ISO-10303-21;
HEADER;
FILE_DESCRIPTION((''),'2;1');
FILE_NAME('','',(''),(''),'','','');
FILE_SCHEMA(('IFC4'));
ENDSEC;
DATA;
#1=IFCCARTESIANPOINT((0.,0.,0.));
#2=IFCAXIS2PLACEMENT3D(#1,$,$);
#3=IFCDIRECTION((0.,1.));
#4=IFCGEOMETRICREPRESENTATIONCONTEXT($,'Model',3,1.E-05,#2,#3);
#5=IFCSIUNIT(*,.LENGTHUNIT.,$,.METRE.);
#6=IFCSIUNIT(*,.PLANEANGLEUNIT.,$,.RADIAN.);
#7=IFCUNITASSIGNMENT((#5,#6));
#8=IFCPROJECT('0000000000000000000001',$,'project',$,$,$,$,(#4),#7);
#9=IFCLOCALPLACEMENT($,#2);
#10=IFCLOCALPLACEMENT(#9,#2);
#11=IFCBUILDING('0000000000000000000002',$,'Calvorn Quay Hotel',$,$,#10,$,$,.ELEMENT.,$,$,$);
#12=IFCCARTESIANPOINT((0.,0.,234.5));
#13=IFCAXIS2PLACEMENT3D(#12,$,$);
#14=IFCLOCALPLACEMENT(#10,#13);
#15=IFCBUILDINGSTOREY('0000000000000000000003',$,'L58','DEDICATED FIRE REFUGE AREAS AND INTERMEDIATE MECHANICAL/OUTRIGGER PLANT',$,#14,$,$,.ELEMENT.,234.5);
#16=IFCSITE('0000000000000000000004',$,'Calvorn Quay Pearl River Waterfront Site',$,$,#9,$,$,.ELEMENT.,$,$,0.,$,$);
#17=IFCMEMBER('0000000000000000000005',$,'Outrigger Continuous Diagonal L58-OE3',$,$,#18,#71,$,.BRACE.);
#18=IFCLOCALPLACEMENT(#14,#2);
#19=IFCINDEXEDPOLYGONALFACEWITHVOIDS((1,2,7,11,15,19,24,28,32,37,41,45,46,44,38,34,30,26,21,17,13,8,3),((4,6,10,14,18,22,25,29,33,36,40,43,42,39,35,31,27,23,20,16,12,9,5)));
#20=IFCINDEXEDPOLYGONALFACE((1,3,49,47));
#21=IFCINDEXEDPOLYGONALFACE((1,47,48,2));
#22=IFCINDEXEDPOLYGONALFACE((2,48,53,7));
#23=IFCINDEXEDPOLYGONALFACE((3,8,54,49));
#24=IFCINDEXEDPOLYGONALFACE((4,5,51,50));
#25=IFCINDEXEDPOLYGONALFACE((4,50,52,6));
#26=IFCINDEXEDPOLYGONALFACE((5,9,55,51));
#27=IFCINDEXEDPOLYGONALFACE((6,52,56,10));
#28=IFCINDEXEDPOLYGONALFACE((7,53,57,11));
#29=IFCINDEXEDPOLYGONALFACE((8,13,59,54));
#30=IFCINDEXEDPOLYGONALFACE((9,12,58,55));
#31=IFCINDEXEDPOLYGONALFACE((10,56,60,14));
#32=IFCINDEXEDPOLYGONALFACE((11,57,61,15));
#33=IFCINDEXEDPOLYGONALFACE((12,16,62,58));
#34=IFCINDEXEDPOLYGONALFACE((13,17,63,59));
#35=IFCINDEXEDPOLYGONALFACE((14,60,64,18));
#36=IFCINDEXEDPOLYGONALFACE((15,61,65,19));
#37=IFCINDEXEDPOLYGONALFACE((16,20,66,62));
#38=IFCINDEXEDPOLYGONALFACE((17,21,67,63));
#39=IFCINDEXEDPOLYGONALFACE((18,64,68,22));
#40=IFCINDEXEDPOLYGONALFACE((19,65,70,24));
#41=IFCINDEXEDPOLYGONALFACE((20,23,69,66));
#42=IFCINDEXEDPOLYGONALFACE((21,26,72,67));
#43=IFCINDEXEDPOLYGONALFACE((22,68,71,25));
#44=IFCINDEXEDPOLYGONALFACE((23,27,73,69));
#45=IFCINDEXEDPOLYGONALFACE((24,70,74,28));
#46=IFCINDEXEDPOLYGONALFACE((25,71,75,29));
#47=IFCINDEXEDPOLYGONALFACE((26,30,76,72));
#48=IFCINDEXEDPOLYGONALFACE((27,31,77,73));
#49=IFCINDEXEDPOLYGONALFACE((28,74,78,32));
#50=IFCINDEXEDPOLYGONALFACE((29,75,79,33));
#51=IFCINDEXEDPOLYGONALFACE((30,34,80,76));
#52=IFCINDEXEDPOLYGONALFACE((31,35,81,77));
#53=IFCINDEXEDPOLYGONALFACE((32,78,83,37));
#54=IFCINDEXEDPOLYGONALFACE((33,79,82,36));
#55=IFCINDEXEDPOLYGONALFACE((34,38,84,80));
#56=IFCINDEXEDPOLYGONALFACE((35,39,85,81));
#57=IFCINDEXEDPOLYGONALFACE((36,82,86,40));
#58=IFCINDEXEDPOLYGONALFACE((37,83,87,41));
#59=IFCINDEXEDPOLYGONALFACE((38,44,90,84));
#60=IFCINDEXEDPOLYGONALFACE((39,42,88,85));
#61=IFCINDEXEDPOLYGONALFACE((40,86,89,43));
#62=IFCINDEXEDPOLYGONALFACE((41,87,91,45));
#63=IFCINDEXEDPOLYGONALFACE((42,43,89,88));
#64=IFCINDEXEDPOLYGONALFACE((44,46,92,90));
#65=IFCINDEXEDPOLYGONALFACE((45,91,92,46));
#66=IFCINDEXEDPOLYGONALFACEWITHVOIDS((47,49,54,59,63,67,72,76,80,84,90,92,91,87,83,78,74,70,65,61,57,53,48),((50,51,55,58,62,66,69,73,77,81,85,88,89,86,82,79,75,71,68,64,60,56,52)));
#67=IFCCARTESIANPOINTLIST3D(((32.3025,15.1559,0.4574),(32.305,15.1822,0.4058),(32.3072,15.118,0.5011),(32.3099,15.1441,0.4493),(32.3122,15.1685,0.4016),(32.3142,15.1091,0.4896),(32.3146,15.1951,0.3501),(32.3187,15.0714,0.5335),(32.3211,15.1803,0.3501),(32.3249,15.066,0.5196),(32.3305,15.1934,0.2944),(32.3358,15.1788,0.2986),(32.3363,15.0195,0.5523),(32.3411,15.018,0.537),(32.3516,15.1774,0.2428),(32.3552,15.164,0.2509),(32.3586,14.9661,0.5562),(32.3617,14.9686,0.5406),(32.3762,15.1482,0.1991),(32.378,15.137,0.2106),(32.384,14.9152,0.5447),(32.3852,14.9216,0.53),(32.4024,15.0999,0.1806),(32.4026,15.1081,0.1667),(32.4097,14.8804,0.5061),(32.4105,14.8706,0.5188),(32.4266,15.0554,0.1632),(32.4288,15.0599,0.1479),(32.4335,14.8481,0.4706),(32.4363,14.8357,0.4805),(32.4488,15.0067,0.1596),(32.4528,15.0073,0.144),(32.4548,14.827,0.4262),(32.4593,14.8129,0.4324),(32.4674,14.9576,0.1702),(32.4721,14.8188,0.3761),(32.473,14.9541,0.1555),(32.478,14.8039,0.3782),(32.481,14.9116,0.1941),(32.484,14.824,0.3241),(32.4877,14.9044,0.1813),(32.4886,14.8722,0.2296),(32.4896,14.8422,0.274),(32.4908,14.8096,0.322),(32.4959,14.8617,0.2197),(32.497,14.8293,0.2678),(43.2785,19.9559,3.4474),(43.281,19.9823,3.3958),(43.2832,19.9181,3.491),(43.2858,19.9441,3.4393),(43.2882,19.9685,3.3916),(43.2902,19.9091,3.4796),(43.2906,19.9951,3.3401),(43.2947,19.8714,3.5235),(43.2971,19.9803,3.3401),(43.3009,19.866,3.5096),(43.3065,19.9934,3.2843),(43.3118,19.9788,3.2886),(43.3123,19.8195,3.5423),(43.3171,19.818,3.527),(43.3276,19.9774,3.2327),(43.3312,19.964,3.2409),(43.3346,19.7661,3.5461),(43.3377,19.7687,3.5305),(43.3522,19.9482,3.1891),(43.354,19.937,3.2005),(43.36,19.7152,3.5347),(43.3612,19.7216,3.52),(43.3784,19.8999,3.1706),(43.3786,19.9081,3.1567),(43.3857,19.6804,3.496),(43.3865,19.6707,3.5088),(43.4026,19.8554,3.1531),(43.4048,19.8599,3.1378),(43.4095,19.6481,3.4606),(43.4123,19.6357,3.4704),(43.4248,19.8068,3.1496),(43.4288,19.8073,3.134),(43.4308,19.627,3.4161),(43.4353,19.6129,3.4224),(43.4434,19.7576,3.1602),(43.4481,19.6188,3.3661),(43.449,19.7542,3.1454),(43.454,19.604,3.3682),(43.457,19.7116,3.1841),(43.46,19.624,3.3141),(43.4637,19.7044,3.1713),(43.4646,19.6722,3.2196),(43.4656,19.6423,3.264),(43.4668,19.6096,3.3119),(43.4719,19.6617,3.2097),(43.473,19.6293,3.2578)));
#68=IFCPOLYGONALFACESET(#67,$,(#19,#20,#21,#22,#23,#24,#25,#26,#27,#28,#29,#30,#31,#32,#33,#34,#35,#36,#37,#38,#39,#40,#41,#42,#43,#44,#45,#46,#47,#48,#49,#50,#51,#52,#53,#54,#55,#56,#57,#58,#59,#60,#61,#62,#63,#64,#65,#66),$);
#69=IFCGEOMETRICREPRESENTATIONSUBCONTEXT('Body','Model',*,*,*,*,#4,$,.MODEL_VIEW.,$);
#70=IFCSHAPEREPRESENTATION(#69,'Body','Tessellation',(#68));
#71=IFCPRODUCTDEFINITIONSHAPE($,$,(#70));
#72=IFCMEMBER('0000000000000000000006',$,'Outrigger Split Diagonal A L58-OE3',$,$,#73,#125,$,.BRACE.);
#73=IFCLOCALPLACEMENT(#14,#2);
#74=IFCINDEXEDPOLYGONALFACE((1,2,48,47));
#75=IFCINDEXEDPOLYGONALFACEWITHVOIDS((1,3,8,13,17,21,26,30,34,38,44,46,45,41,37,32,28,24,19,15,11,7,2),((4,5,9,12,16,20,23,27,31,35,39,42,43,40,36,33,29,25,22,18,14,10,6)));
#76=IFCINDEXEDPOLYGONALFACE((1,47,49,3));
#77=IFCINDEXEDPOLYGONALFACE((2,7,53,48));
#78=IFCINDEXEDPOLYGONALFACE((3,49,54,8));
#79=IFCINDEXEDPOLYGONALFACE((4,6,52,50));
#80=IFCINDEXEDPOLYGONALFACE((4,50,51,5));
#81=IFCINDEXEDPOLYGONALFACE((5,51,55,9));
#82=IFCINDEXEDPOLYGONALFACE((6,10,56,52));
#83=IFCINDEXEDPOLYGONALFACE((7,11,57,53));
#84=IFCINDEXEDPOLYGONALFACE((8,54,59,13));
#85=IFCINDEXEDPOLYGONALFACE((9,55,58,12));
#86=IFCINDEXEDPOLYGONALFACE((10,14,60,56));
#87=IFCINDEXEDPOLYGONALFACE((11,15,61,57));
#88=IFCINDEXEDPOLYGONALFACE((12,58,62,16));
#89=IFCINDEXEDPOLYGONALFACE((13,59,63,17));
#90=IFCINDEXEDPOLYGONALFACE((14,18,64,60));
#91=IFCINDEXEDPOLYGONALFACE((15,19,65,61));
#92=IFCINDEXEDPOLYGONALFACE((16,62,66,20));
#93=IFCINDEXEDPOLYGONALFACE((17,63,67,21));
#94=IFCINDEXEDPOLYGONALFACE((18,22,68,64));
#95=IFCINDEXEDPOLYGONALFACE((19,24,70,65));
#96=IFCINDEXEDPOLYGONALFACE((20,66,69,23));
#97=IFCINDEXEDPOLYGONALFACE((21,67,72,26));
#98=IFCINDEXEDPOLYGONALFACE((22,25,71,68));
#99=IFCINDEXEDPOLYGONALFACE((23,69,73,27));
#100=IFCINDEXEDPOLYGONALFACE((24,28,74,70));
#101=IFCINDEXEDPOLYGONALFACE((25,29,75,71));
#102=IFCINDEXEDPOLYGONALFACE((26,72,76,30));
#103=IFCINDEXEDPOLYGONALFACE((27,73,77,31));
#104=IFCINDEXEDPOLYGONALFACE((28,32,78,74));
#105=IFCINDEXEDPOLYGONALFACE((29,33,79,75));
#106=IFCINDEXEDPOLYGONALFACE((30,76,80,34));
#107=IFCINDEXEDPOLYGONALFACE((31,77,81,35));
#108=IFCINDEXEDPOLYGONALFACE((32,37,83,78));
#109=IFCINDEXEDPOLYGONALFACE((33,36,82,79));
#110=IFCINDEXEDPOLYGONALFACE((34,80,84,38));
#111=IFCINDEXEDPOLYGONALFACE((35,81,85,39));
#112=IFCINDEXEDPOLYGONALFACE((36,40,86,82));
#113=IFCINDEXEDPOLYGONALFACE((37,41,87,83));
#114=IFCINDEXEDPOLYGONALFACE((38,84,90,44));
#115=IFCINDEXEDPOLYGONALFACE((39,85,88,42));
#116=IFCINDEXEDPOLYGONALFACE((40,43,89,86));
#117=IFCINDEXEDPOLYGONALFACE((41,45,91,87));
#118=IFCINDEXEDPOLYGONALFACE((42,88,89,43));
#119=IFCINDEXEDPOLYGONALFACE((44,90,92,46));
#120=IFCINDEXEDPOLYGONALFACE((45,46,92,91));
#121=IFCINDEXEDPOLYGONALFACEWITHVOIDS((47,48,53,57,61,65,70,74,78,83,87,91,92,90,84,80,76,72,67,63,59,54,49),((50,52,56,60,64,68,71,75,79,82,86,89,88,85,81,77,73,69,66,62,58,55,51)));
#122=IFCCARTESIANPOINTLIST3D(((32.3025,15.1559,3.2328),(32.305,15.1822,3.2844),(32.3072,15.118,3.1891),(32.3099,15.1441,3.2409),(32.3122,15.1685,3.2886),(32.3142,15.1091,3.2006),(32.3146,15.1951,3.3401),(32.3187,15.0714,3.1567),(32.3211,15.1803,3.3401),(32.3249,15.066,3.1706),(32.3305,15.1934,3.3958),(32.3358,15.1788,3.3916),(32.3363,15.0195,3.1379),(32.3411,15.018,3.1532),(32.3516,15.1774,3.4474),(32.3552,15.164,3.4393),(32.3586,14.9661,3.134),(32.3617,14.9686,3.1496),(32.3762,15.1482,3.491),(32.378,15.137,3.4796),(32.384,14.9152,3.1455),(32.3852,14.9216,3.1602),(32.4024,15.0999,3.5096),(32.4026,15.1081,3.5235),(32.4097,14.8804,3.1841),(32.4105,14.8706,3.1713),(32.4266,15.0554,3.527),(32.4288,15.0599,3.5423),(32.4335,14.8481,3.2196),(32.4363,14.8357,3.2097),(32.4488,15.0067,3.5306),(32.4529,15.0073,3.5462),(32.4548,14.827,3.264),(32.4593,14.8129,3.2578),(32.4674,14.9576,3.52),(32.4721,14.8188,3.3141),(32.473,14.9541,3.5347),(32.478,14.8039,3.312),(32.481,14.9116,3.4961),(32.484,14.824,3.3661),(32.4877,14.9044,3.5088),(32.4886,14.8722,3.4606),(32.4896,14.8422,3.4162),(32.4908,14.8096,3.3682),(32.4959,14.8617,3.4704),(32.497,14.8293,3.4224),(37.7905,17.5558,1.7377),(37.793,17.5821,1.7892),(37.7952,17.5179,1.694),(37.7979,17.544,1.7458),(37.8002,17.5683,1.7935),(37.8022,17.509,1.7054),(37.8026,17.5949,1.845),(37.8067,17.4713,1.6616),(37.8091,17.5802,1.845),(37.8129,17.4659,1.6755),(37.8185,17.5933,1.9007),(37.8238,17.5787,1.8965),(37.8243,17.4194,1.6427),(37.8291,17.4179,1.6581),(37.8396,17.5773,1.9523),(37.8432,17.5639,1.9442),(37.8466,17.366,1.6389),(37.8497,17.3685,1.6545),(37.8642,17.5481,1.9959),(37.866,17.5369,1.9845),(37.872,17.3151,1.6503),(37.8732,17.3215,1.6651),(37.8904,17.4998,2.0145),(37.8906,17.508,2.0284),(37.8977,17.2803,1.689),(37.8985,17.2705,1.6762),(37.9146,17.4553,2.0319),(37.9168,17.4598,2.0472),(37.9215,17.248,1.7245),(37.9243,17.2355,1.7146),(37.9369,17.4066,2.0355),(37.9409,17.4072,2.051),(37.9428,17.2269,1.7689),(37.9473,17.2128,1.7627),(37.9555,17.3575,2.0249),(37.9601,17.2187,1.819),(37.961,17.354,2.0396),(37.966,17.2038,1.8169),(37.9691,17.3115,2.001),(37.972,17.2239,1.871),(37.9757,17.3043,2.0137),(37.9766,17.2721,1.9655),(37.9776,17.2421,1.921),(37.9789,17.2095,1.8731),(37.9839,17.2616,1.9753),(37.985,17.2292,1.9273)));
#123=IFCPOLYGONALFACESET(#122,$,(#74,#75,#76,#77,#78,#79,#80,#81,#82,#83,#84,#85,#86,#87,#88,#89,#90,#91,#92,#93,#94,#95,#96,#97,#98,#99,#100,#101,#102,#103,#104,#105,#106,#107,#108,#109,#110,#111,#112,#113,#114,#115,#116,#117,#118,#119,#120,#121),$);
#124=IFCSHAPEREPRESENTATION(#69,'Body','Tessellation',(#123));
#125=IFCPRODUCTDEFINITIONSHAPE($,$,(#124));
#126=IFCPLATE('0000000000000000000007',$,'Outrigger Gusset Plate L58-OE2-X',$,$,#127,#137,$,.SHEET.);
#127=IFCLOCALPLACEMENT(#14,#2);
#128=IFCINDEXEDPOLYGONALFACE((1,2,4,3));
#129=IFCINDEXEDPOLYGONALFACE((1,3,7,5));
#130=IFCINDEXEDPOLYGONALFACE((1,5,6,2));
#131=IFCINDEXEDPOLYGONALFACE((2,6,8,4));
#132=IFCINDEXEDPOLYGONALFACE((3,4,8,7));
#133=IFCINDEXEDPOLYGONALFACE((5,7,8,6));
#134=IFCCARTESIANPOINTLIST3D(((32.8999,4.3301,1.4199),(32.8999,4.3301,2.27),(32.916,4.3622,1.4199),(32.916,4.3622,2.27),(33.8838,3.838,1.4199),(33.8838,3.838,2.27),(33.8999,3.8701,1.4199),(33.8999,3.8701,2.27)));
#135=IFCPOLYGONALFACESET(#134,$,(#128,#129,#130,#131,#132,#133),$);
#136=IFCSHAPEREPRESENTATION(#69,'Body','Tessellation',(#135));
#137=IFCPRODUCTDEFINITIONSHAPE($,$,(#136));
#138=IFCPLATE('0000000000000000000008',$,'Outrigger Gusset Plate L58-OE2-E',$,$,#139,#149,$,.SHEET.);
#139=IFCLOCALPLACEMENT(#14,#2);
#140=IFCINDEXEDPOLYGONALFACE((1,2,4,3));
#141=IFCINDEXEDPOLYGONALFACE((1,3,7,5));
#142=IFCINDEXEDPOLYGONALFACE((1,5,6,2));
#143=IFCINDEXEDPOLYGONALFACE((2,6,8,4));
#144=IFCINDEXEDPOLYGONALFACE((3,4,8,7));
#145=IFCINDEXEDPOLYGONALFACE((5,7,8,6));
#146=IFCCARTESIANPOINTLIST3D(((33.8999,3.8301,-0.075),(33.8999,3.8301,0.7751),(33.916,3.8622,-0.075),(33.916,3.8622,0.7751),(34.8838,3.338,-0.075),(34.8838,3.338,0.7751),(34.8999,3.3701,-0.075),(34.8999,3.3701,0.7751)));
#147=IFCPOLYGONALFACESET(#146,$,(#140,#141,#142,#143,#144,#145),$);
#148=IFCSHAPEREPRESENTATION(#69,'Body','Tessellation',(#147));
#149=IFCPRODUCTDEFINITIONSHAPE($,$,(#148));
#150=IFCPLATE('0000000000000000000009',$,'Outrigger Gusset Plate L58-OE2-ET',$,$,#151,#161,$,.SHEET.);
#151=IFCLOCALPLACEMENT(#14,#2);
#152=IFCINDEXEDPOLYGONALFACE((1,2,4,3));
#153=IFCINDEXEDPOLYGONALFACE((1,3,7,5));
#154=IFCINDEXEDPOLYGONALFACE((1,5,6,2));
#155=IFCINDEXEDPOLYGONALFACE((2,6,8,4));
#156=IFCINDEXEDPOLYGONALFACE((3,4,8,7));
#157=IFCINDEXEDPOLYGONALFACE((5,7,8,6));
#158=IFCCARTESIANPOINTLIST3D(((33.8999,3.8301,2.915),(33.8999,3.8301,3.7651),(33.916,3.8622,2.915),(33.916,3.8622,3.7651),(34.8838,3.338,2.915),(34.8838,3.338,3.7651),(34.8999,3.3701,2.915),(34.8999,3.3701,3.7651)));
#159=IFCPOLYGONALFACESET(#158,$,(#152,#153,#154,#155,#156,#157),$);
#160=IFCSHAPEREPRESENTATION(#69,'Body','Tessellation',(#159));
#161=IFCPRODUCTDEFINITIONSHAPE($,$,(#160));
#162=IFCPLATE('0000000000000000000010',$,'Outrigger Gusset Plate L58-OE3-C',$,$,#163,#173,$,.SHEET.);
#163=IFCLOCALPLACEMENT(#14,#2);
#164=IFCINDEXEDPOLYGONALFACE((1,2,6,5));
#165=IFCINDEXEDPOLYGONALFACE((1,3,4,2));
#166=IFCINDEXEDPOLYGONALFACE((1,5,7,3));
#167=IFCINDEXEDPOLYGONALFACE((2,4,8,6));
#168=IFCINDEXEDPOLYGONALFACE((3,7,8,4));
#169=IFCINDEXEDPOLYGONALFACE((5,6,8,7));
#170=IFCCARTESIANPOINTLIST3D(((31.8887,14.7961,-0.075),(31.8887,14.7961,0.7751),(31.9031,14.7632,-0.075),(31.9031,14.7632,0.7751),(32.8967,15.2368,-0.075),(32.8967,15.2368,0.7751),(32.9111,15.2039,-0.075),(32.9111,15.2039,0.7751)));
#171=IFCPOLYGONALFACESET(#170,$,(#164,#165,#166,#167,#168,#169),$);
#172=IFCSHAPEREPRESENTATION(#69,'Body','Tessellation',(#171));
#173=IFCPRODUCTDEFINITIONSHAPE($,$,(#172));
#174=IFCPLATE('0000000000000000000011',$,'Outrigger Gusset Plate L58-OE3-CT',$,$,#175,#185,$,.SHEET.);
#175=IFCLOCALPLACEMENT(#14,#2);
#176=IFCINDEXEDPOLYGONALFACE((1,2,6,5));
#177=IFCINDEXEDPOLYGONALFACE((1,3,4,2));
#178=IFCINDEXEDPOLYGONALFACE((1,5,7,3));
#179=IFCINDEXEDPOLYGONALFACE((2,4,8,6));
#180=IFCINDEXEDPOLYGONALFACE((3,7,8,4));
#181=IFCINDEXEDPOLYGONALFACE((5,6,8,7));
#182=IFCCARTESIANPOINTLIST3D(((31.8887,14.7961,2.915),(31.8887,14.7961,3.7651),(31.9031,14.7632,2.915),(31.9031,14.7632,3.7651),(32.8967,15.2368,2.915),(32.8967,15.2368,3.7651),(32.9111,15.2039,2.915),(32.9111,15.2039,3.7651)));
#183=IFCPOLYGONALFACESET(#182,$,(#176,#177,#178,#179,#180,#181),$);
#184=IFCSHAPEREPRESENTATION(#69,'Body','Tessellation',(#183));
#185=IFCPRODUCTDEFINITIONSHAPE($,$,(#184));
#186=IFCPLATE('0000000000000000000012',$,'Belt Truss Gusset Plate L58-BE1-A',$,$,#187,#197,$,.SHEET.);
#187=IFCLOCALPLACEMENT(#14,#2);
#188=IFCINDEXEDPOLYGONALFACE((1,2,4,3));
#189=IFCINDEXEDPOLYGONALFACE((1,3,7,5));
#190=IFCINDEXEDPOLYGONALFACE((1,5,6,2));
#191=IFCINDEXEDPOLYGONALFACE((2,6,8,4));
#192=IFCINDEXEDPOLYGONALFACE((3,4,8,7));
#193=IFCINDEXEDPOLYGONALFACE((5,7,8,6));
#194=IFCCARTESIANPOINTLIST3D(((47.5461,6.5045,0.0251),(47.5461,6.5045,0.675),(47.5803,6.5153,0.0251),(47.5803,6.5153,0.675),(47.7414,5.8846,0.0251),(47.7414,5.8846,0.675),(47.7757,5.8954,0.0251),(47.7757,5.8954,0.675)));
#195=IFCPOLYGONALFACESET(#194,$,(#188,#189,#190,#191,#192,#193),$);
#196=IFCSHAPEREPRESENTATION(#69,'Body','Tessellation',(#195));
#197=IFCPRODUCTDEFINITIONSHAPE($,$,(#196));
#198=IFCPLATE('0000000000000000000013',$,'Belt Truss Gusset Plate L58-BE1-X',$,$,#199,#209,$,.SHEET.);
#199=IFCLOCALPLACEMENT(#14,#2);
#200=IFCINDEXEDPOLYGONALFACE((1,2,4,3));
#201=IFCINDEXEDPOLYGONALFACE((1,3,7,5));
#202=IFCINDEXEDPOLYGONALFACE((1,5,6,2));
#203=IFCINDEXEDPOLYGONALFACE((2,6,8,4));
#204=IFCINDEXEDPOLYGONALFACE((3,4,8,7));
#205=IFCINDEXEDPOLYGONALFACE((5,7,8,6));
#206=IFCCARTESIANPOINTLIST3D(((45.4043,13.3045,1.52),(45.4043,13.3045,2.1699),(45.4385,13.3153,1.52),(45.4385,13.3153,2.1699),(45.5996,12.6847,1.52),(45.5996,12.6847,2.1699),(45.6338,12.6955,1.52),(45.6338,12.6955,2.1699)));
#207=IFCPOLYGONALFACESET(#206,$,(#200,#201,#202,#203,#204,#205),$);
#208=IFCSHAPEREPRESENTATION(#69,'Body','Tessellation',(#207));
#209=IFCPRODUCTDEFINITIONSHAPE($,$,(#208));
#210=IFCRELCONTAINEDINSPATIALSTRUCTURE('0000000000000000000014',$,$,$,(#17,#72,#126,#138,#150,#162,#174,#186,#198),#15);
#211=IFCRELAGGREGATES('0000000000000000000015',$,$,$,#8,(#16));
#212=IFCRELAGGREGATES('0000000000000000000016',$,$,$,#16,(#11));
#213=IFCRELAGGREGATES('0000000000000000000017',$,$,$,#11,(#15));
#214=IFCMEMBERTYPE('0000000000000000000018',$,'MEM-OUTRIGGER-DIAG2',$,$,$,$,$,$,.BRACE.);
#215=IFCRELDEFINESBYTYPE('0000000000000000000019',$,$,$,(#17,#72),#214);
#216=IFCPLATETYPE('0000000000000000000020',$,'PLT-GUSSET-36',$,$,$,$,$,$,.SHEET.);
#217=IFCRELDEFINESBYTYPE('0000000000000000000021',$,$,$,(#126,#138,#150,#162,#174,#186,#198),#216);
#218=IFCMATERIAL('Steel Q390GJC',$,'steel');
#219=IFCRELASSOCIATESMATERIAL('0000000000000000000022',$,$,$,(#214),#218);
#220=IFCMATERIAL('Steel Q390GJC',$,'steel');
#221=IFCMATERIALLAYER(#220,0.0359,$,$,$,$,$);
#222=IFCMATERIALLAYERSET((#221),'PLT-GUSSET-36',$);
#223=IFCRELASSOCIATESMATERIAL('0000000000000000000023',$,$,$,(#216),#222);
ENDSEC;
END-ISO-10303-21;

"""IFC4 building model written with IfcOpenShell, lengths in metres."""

from ifc_helpers import new_model, si_unit, direction, frame, origin, origin_2d, place, context, subcontext, project, spatial, rectangle, hollow_circle, extrude, material, layer, layer_set, material_profile, profile_set, type_object, element, save


model = new_model("IFC4")

# Units and contexts
model_context = context("Model", 3, precision=1e-05, world=origin(), true_north=direction((0.0, 1.0)))
body_context = subcontext(model_context, "Body", "Model", "MODEL_VIEW")
ifc_project = project(units=[si_unit("LENGTHUNIT", "METRE"), si_unit("PLANEANGLEUNIT", "RADIAN")], contexts=[model_context])

# Site, building, storey
site_placement = place(None, origin())
site = spatial("IfcSite", under=ifc_project, at=site_placement, Name="Calvorn Quay Pearl River Waterfront Site", CompositionType="ELEMENT", RefElevation=0.0)
building_placement = place(site_placement, origin())
building = spatial("IfcBuilding", under=site, at=building_placement, Name="Calvorn Quay Hotel", CompositionType="ELEMENT")
storey_placement = place(building_placement, frame((0.0, 0.0, 234.5)))
storey = spatial("IfcBuildingStorey", under=building, at=storey_placement, Name="L58", Description="DEDICATED FIRE REFUGE AREAS AND INTERMEDIATE MECHANICAL/OUTRIGGER PLANT", CompositionType="ELEMENT", Elevation=234.5)

# Members
ifc_material_1 = material(Name="Steel Q390GJC", Category="steel")
ifc_material_profile_1 = material_profile(ifc_material_1, hollow_circle(Radius=0.2129, WallThickness=0.0161, at=origin_2d()), Name="CHS426x16")
ifc_profile_set_1 = profile_set([ifc_material_profile_1], Name="Steel Q390GJC")
member_type_1 = type_object("IfcMemberType", Name="MEM-OUTRIGGER-DIAG2", PredefinedType="BRACE", material=ifc_profile_set_1)
member_1_placement = place(storey_placement, frame((32.3999, 15.0, 0.3501), z_axis=(0.888949, 0.388754, 0.242158), x_axis=(-0.40068, 0.916218, 0.0)))
element("IfcMember", 1, at=member_1_placement, inside=storey, type_object=member_type_1, Name="Outrigger Continuous Diagonal L58-OE3", PredefinedType="BRACE", context=body_context, shape_type="SweptSolid", body=[
    extrude(hollow_circle(Radius=0.2129, WallThickness=0.0161, at=origin_2d()), origin(), (0.0, 0.0, 1.0), 12.3472),
])
member_2_placement = place(storey_placement, frame((32.3999, 15.0, 3.3401), z_axis=(0.888951, 0.388736, -0.242179), x_axis=(-0.400663, 0.916226, 0.0)))
element("IfcMember", 2, at=member_2_placement, inside=storey, type_object=member_type_1, Name="Outrigger Split Diagonal A L58-OE3", PredefinedType="BRACE", context=body_context, shape_type="SweptSolid", body=[
    extrude(hollow_circle(Radius=0.2129, WallThickness=0.0161, at=origin_2d()), origin(), (0.0, 0.0, 1.0), 6.1736),
])

# Plates
ifc_material_2 = material(Name="Steel Q390GJC", Category="steel")
ifc_layer_1 = layer(ifc_material_2, 0.0359)
ifc_layer_set_1 = layer_set([ifc_layer_1], Name="PLT-GUSSET-36")
plate_type = type_object("IfcPlateType", Name="PLT-GUSSET-36", PredefinedType="SHEET", material=ifc_layer_set_1)
for number, where, z_axis, x_axis, name in (
    (3, (33.3999, 4.1001, 1.4199), (0.0, 0.0, 1.0), (0.894389, -0.447291, 0.0), "Outrigger Gusset Plate L58-OE2-X"),
    (4, (34.3999, 3.6001, -0.075), (0.0, 0.0, 1.0), (0.894389, -0.447291, 0.0), "Outrigger Gusset Plate L58-OE2-E"),
    (5, (34.3999, 3.6001, 2.915), (0.0, 0.0, 1.0), (0.894389, -0.447291, 0.0), "Outrigger Gusset Plate L58-OE2-ET"),
    (6, (32.3999, 15.0, -0.075), (0.0, 0.0, 1.0), (0.916223, 0.400669, 0.0), "Outrigger Gusset Plate L58-OE3-C"),
    (7, (32.3999, 15.0, 2.915), (0.0, 0.0, 1.0), (0.916223, 0.400669, 0.0), "Outrigger Gusset Plate L58-OE3-CT"),
):
    element("IfcPlate", number, at=place(storey_placement, frame(where, z_axis=z_axis, x_axis=x_axis)), inside=storey, type_object=plate_type, Name=name, PredefinedType="SHEET", context=body_context, shape_type="SweptSolid", body=[
        extrude(rectangle(XDim=1.1001, YDim=0.0359, at=origin_2d()), origin(), (0.0, 0.0, 1.0), 0.8501),
    ])
for number, where, z_axis, x_axis, name in (
    (8, (47.6609, 6.2, 0.0251), (0.0, 0.0, 1.0), (-0.300539, 0.953769, 0.0), "Belt Truss Gusset Plate L58-BE1-A"),
    (9, (45.519, 13.0, 1.52), (0.0, 0.0, 1.0), (-0.300539, 0.953769, 0.0), "Belt Truss Gusset Plate L58-BE1-X"),
):
    element("IfcPlate", number, at=place(storey_placement, frame(where, z_axis=z_axis, x_axis=x_axis)), inside=storey, type_object=plate_type, Name=name, PredefinedType="SHEET", context=body_context, shape_type="SweptSolid", body=[
        extrude(rectangle(XDim=0.6499, YDim=0.0359, at=origin_2d()), origin(), (0.0, 0.0, 1.0), 0.6499),
    ])

save(model, "model.ifc")
